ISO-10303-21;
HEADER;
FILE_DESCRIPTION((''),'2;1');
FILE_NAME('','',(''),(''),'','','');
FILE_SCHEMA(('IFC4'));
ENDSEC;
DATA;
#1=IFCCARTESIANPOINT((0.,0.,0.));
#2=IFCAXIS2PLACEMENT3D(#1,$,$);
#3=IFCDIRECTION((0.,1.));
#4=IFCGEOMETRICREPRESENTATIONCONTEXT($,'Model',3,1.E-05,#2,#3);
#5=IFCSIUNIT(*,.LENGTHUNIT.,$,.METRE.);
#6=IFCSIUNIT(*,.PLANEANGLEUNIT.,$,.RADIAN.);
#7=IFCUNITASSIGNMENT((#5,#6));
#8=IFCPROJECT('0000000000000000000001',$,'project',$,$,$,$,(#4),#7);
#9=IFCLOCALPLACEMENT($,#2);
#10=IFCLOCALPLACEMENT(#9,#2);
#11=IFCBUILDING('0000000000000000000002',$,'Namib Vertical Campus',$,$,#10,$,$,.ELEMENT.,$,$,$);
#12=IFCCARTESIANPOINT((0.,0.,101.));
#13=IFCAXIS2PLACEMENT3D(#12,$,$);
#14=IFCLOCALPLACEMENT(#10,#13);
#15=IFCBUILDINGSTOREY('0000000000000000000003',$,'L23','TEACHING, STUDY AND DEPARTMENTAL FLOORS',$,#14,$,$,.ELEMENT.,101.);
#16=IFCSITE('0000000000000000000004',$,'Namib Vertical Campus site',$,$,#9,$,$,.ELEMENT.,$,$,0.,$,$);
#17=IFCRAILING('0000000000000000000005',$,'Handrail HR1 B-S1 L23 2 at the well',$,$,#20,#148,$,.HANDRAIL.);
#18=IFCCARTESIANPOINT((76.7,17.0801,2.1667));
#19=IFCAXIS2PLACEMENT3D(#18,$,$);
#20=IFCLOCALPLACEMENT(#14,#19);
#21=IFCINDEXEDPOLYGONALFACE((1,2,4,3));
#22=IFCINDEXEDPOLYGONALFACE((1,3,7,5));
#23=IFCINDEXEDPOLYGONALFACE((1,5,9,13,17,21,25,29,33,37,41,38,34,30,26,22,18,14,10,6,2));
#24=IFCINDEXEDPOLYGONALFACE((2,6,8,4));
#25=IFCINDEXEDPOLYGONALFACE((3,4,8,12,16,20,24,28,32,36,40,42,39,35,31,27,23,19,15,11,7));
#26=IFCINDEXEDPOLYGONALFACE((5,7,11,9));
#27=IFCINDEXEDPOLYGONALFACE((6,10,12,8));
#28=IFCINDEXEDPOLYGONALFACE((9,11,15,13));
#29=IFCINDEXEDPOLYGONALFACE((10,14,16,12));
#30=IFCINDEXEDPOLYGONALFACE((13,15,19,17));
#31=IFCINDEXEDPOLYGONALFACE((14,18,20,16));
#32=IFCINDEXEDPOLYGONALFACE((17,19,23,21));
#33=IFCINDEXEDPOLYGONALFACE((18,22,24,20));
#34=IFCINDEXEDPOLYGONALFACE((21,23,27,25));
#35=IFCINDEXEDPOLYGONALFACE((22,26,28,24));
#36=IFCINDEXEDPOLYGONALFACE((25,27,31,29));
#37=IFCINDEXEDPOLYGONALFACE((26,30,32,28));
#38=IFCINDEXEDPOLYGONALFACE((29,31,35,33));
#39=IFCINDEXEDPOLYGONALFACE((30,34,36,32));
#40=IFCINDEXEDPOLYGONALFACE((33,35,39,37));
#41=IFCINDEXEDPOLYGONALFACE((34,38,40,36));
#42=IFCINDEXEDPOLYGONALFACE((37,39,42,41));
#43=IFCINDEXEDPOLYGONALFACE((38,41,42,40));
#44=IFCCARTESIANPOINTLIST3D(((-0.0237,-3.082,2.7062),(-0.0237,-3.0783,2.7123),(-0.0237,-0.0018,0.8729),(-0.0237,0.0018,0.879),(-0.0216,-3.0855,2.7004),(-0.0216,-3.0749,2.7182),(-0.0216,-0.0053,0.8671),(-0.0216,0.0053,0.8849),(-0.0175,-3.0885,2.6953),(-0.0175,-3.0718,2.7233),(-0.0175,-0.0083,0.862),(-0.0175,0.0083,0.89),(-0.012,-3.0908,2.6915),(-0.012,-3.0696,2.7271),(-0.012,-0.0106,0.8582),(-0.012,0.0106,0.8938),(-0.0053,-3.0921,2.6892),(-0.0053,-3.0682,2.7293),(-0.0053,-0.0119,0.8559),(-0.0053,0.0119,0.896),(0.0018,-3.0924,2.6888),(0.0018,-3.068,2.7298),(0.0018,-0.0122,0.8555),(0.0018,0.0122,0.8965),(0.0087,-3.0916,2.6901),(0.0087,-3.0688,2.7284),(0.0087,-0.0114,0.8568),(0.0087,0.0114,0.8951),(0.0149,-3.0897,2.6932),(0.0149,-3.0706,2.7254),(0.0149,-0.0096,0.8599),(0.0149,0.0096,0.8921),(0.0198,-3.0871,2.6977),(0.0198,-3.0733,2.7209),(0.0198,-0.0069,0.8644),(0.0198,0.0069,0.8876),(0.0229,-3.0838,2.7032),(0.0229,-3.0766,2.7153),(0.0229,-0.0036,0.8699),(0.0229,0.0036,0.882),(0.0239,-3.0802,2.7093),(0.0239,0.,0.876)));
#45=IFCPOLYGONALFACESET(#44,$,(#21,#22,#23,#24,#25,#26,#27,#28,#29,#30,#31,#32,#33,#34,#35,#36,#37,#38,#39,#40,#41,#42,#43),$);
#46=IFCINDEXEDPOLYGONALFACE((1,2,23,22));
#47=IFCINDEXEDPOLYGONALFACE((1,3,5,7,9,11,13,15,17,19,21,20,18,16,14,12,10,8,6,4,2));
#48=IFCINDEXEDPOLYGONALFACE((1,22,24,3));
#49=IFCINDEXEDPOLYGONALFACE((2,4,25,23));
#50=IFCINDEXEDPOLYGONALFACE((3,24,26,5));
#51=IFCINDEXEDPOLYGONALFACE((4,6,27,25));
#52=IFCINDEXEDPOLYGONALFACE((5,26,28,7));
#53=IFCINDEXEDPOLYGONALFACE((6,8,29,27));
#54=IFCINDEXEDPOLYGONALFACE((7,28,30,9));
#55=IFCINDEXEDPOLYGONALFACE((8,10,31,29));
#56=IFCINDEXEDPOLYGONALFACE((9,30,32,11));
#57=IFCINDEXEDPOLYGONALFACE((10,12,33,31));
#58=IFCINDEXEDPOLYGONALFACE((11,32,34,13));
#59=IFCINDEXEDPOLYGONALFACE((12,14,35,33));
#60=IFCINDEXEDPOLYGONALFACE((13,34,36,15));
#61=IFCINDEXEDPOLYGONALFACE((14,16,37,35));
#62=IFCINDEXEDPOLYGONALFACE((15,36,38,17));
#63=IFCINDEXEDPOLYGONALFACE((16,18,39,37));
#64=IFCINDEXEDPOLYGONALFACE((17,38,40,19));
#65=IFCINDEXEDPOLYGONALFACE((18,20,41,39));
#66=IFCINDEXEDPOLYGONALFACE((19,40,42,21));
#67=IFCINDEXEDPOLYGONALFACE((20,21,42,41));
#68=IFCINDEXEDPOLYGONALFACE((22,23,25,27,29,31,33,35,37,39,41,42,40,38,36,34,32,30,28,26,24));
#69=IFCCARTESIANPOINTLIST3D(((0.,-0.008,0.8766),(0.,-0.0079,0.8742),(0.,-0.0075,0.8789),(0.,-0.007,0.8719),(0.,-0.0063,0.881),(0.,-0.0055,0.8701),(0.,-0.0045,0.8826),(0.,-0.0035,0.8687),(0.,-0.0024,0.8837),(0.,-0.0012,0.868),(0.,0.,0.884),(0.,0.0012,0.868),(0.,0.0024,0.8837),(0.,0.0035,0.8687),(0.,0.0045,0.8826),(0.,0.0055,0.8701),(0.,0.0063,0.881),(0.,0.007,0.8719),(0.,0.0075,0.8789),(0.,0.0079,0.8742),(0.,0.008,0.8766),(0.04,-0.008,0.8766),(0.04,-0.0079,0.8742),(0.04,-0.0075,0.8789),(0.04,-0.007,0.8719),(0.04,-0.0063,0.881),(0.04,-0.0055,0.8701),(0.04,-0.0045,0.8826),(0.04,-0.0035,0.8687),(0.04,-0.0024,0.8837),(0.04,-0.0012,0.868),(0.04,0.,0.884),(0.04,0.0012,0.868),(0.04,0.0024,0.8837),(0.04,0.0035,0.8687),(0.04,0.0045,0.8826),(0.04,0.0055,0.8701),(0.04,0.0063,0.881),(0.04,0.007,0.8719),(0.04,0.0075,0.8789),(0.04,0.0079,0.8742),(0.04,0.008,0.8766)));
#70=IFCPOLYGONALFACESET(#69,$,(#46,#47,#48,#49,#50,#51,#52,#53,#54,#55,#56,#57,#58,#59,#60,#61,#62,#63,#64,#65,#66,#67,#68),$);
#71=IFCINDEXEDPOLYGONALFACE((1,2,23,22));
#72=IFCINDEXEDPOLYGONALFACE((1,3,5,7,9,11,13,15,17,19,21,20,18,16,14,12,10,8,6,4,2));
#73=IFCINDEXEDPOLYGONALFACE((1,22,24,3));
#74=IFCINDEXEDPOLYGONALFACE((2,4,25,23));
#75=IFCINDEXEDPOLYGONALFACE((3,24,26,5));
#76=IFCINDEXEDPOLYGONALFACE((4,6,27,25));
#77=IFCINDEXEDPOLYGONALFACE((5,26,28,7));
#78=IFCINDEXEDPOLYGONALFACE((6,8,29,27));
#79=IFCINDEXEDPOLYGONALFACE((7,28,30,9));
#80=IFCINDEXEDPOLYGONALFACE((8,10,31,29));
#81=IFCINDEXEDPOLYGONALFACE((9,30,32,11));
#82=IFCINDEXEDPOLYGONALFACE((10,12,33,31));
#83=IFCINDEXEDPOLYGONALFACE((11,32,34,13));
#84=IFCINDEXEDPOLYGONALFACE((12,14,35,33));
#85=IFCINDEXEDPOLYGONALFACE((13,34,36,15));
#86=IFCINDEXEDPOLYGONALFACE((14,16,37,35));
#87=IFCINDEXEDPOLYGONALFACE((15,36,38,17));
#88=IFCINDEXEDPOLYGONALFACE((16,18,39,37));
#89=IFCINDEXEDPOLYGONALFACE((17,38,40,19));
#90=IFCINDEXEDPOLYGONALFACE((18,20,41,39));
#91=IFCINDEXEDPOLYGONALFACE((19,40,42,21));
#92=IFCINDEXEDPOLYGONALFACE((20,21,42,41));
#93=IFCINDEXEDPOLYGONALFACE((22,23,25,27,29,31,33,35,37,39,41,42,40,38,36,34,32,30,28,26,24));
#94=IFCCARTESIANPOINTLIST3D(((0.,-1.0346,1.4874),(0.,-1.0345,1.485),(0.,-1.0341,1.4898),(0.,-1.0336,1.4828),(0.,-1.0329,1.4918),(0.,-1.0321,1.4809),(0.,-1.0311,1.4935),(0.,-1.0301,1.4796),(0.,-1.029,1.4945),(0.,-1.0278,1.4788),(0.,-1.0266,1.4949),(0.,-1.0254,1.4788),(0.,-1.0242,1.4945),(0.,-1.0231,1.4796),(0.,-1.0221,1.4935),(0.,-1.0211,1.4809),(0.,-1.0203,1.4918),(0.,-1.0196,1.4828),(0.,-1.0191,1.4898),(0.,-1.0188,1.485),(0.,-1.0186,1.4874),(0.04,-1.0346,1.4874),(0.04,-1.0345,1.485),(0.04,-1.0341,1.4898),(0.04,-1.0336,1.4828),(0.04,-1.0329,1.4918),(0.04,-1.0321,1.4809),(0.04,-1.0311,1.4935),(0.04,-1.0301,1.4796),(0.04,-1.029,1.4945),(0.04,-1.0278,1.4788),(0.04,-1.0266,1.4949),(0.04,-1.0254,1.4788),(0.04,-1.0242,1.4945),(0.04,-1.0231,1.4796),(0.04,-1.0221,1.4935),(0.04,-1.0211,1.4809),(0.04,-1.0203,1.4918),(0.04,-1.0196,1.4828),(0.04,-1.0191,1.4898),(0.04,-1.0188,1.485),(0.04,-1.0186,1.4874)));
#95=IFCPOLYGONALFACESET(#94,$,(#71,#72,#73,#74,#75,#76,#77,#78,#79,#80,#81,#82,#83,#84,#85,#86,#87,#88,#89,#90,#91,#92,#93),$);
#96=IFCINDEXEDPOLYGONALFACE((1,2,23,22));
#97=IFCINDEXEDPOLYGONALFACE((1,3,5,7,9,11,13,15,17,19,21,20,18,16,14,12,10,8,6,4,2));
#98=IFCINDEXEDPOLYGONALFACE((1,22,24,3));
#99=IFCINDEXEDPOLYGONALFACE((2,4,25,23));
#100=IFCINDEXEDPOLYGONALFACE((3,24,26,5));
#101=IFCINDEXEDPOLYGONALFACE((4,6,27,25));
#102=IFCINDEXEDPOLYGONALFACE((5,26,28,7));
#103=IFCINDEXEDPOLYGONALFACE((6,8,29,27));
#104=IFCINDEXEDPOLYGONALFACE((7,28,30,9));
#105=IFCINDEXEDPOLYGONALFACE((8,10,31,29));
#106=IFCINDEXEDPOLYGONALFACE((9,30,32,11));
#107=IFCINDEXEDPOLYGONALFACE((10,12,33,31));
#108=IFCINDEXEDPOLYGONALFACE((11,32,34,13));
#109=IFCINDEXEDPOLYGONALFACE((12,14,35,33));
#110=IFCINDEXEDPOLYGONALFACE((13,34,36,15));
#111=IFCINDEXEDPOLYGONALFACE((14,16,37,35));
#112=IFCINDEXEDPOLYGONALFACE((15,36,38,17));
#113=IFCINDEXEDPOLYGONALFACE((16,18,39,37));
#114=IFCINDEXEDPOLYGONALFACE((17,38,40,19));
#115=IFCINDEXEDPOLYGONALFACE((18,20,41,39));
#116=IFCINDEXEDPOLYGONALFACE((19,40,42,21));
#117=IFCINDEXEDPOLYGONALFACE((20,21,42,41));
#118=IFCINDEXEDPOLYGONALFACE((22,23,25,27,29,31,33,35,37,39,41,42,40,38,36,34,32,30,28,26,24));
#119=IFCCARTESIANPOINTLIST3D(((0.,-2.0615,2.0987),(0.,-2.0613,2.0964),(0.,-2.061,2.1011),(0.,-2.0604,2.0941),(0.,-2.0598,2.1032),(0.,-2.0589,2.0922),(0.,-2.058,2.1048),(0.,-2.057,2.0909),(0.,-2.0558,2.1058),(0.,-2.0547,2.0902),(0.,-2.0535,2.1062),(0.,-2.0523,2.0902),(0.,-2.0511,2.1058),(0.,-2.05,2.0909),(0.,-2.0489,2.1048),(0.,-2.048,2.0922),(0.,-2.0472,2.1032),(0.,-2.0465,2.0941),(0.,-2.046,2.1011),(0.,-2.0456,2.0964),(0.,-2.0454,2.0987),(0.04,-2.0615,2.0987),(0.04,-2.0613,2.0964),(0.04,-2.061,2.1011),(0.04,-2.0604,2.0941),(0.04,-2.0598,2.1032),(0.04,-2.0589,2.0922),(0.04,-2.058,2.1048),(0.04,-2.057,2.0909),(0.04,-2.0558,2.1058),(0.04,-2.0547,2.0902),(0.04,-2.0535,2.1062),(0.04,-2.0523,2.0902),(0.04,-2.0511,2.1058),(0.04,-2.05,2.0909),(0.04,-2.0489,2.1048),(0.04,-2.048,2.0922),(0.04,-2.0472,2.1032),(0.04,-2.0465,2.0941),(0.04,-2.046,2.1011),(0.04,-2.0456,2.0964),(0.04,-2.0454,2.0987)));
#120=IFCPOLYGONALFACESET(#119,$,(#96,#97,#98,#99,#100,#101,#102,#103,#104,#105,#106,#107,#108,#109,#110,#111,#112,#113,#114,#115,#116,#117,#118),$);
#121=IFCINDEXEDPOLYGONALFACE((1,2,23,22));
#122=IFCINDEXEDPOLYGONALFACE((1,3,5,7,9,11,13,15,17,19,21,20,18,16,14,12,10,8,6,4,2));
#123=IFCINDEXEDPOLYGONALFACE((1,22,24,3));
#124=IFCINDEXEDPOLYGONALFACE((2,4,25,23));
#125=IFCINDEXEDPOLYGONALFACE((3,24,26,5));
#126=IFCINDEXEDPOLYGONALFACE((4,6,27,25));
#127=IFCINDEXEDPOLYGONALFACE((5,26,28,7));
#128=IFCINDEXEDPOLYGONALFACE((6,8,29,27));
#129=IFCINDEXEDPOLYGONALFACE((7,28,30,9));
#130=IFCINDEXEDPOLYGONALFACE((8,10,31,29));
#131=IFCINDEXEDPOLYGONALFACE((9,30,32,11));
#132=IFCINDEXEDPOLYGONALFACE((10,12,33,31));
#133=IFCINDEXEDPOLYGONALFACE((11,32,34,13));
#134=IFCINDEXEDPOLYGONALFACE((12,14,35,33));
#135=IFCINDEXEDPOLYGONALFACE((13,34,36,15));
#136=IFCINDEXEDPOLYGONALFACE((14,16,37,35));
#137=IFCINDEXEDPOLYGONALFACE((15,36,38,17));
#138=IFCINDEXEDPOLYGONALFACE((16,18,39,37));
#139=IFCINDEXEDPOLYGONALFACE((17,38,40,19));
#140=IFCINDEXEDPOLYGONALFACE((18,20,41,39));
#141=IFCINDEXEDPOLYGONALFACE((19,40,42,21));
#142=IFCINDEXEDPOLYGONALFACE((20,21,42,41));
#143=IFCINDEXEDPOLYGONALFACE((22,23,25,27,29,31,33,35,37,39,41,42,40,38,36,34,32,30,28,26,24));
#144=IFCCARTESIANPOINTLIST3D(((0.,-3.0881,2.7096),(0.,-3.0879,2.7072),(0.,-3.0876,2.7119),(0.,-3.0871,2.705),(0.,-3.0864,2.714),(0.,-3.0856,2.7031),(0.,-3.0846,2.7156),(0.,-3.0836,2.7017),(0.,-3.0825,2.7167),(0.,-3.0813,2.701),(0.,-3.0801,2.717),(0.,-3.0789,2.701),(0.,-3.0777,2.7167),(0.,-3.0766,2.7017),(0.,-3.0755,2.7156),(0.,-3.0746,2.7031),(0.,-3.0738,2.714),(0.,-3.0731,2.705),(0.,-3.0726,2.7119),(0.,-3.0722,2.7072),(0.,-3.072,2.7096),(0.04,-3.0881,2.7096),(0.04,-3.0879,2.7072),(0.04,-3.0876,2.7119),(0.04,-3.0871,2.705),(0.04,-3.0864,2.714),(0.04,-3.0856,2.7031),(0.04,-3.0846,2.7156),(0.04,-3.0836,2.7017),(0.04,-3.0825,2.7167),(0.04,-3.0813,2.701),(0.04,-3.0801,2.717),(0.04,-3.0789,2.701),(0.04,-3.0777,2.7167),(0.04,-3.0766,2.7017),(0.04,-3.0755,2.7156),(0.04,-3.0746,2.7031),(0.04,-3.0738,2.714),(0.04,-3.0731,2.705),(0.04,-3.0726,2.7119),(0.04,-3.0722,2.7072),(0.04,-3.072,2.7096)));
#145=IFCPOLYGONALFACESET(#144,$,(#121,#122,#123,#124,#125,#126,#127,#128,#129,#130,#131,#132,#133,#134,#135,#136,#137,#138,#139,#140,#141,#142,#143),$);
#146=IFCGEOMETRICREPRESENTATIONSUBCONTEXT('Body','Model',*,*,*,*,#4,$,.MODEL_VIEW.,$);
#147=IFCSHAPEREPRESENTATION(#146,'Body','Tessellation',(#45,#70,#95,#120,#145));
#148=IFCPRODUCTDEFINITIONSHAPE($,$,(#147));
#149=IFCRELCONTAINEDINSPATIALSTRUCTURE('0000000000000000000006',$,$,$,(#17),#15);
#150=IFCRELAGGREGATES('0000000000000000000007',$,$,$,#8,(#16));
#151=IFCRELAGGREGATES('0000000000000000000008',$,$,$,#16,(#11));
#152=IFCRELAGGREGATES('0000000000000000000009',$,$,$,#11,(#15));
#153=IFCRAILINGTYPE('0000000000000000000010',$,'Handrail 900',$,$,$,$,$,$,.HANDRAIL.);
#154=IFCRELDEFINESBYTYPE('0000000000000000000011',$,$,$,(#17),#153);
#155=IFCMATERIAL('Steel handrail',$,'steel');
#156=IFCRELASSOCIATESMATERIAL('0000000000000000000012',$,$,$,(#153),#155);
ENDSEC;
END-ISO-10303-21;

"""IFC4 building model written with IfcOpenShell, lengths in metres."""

from ifc_helpers import new_model, si_unit, direction, frame, origin, origin_2d, place, context, subcontext, project, spatial, circle, extrude, material, type_object, element, save


model = new_model("IFC4")

# Units and contexts
model_context = context("Model", 3, precision=1e-05, world=origin(), true_north=direction((0.0, 1.0)))
body_context = subcontext(model_context, "Body", "Model", "MODEL_VIEW")
ifc_project = project(units=[si_unit("LENGTHUNIT", "METRE"), si_unit("PLANEANGLEUNIT", "RADIAN")], contexts=[model_context])

# Site, building, storey
site_placement = place(None, origin())
site = spatial("IfcSite", under=ifc_project, at=site_placement, Name="Namib Vertical Campus site", CompositionType="ELEMENT", RefElevation=0.0)
building_placement = place(site_placement, origin())
building = spatial("IfcBuilding", under=site, at=building_placement, Name="Namib Vertical Campus", CompositionType="ELEMENT")
storey_placement = place(building_placement, frame((0.0, 0.0, 101.0)))
storey = spatial("IfcBuildingStorey", under=building, at=storey_placement, Name="L23", Description="TEACHING, STUDY AND DEPARTMENTAL FLOORS", CompositionType="ELEMENT", Elevation=101.0)

# Railing
ifc_material_1 = material(Name="Steel handrail", Category="steel")
railing_type_1 = type_object("IfcRailingType", Name="Handrail 900", PredefinedType="HANDRAIL", material=ifc_material_1)
railing_1_placement = place(storey_placement, frame((76.7, 17.0801, 2.1667)))
element("IfcRailing", 1, at=railing_1_placement, inside=storey, type_object=railing_type_1, Name="Handrail HR1 B-S1 L23 2 at the well", PredefinedType="HANDRAIL", context=body_context, shape_type="SweptSolid", body=[
    extrude(circle(Radius=0.0239, at=origin_2d()), frame((0.0, 0.0, 0.876), z_axis=(0.0, -0.859309, 0.511458), x_axis=(1.0, 0.0, 0.0)), (0.0, 0.0, 1.0), 3.5845),
    extrude(circle(Radius=0.0081, at=origin_2d()), frame((0.0, 0.0, 0.876), z_axis=(1.0, 0.0, 0.0), x_axis=(0.0, 0.0, 1.0)), (0.0, 0.0, 1.0), 0.04),
    extrude(circle(Radius=0.0081, at=origin_2d()), frame((0.0, -1.0266, 1.4868), z_axis=(1.0, 0.0, 0.0), x_axis=(0.0, 0.0, 1.0)), (0.0, 0.0, 1.0), 0.04),
    extrude(circle(Radius=0.0081, at=origin_2d()), frame((0.0, -2.0535, 2.0981), z_axis=(1.0, 0.0, 0.0), x_axis=(0.0, 0.0, 1.0)), (0.0, 0.0, 1.0), 0.04),
    extrude(circle(Radius=0.0081, at=origin_2d()), frame((0.0, -3.0801, 2.709), z_axis=(1.0, 0.0, 0.0), x_axis=(0.0, 0.0, 1.0)), (0.0, 0.0, 1.0), 0.04),
])

save(model, "model.ifc")
